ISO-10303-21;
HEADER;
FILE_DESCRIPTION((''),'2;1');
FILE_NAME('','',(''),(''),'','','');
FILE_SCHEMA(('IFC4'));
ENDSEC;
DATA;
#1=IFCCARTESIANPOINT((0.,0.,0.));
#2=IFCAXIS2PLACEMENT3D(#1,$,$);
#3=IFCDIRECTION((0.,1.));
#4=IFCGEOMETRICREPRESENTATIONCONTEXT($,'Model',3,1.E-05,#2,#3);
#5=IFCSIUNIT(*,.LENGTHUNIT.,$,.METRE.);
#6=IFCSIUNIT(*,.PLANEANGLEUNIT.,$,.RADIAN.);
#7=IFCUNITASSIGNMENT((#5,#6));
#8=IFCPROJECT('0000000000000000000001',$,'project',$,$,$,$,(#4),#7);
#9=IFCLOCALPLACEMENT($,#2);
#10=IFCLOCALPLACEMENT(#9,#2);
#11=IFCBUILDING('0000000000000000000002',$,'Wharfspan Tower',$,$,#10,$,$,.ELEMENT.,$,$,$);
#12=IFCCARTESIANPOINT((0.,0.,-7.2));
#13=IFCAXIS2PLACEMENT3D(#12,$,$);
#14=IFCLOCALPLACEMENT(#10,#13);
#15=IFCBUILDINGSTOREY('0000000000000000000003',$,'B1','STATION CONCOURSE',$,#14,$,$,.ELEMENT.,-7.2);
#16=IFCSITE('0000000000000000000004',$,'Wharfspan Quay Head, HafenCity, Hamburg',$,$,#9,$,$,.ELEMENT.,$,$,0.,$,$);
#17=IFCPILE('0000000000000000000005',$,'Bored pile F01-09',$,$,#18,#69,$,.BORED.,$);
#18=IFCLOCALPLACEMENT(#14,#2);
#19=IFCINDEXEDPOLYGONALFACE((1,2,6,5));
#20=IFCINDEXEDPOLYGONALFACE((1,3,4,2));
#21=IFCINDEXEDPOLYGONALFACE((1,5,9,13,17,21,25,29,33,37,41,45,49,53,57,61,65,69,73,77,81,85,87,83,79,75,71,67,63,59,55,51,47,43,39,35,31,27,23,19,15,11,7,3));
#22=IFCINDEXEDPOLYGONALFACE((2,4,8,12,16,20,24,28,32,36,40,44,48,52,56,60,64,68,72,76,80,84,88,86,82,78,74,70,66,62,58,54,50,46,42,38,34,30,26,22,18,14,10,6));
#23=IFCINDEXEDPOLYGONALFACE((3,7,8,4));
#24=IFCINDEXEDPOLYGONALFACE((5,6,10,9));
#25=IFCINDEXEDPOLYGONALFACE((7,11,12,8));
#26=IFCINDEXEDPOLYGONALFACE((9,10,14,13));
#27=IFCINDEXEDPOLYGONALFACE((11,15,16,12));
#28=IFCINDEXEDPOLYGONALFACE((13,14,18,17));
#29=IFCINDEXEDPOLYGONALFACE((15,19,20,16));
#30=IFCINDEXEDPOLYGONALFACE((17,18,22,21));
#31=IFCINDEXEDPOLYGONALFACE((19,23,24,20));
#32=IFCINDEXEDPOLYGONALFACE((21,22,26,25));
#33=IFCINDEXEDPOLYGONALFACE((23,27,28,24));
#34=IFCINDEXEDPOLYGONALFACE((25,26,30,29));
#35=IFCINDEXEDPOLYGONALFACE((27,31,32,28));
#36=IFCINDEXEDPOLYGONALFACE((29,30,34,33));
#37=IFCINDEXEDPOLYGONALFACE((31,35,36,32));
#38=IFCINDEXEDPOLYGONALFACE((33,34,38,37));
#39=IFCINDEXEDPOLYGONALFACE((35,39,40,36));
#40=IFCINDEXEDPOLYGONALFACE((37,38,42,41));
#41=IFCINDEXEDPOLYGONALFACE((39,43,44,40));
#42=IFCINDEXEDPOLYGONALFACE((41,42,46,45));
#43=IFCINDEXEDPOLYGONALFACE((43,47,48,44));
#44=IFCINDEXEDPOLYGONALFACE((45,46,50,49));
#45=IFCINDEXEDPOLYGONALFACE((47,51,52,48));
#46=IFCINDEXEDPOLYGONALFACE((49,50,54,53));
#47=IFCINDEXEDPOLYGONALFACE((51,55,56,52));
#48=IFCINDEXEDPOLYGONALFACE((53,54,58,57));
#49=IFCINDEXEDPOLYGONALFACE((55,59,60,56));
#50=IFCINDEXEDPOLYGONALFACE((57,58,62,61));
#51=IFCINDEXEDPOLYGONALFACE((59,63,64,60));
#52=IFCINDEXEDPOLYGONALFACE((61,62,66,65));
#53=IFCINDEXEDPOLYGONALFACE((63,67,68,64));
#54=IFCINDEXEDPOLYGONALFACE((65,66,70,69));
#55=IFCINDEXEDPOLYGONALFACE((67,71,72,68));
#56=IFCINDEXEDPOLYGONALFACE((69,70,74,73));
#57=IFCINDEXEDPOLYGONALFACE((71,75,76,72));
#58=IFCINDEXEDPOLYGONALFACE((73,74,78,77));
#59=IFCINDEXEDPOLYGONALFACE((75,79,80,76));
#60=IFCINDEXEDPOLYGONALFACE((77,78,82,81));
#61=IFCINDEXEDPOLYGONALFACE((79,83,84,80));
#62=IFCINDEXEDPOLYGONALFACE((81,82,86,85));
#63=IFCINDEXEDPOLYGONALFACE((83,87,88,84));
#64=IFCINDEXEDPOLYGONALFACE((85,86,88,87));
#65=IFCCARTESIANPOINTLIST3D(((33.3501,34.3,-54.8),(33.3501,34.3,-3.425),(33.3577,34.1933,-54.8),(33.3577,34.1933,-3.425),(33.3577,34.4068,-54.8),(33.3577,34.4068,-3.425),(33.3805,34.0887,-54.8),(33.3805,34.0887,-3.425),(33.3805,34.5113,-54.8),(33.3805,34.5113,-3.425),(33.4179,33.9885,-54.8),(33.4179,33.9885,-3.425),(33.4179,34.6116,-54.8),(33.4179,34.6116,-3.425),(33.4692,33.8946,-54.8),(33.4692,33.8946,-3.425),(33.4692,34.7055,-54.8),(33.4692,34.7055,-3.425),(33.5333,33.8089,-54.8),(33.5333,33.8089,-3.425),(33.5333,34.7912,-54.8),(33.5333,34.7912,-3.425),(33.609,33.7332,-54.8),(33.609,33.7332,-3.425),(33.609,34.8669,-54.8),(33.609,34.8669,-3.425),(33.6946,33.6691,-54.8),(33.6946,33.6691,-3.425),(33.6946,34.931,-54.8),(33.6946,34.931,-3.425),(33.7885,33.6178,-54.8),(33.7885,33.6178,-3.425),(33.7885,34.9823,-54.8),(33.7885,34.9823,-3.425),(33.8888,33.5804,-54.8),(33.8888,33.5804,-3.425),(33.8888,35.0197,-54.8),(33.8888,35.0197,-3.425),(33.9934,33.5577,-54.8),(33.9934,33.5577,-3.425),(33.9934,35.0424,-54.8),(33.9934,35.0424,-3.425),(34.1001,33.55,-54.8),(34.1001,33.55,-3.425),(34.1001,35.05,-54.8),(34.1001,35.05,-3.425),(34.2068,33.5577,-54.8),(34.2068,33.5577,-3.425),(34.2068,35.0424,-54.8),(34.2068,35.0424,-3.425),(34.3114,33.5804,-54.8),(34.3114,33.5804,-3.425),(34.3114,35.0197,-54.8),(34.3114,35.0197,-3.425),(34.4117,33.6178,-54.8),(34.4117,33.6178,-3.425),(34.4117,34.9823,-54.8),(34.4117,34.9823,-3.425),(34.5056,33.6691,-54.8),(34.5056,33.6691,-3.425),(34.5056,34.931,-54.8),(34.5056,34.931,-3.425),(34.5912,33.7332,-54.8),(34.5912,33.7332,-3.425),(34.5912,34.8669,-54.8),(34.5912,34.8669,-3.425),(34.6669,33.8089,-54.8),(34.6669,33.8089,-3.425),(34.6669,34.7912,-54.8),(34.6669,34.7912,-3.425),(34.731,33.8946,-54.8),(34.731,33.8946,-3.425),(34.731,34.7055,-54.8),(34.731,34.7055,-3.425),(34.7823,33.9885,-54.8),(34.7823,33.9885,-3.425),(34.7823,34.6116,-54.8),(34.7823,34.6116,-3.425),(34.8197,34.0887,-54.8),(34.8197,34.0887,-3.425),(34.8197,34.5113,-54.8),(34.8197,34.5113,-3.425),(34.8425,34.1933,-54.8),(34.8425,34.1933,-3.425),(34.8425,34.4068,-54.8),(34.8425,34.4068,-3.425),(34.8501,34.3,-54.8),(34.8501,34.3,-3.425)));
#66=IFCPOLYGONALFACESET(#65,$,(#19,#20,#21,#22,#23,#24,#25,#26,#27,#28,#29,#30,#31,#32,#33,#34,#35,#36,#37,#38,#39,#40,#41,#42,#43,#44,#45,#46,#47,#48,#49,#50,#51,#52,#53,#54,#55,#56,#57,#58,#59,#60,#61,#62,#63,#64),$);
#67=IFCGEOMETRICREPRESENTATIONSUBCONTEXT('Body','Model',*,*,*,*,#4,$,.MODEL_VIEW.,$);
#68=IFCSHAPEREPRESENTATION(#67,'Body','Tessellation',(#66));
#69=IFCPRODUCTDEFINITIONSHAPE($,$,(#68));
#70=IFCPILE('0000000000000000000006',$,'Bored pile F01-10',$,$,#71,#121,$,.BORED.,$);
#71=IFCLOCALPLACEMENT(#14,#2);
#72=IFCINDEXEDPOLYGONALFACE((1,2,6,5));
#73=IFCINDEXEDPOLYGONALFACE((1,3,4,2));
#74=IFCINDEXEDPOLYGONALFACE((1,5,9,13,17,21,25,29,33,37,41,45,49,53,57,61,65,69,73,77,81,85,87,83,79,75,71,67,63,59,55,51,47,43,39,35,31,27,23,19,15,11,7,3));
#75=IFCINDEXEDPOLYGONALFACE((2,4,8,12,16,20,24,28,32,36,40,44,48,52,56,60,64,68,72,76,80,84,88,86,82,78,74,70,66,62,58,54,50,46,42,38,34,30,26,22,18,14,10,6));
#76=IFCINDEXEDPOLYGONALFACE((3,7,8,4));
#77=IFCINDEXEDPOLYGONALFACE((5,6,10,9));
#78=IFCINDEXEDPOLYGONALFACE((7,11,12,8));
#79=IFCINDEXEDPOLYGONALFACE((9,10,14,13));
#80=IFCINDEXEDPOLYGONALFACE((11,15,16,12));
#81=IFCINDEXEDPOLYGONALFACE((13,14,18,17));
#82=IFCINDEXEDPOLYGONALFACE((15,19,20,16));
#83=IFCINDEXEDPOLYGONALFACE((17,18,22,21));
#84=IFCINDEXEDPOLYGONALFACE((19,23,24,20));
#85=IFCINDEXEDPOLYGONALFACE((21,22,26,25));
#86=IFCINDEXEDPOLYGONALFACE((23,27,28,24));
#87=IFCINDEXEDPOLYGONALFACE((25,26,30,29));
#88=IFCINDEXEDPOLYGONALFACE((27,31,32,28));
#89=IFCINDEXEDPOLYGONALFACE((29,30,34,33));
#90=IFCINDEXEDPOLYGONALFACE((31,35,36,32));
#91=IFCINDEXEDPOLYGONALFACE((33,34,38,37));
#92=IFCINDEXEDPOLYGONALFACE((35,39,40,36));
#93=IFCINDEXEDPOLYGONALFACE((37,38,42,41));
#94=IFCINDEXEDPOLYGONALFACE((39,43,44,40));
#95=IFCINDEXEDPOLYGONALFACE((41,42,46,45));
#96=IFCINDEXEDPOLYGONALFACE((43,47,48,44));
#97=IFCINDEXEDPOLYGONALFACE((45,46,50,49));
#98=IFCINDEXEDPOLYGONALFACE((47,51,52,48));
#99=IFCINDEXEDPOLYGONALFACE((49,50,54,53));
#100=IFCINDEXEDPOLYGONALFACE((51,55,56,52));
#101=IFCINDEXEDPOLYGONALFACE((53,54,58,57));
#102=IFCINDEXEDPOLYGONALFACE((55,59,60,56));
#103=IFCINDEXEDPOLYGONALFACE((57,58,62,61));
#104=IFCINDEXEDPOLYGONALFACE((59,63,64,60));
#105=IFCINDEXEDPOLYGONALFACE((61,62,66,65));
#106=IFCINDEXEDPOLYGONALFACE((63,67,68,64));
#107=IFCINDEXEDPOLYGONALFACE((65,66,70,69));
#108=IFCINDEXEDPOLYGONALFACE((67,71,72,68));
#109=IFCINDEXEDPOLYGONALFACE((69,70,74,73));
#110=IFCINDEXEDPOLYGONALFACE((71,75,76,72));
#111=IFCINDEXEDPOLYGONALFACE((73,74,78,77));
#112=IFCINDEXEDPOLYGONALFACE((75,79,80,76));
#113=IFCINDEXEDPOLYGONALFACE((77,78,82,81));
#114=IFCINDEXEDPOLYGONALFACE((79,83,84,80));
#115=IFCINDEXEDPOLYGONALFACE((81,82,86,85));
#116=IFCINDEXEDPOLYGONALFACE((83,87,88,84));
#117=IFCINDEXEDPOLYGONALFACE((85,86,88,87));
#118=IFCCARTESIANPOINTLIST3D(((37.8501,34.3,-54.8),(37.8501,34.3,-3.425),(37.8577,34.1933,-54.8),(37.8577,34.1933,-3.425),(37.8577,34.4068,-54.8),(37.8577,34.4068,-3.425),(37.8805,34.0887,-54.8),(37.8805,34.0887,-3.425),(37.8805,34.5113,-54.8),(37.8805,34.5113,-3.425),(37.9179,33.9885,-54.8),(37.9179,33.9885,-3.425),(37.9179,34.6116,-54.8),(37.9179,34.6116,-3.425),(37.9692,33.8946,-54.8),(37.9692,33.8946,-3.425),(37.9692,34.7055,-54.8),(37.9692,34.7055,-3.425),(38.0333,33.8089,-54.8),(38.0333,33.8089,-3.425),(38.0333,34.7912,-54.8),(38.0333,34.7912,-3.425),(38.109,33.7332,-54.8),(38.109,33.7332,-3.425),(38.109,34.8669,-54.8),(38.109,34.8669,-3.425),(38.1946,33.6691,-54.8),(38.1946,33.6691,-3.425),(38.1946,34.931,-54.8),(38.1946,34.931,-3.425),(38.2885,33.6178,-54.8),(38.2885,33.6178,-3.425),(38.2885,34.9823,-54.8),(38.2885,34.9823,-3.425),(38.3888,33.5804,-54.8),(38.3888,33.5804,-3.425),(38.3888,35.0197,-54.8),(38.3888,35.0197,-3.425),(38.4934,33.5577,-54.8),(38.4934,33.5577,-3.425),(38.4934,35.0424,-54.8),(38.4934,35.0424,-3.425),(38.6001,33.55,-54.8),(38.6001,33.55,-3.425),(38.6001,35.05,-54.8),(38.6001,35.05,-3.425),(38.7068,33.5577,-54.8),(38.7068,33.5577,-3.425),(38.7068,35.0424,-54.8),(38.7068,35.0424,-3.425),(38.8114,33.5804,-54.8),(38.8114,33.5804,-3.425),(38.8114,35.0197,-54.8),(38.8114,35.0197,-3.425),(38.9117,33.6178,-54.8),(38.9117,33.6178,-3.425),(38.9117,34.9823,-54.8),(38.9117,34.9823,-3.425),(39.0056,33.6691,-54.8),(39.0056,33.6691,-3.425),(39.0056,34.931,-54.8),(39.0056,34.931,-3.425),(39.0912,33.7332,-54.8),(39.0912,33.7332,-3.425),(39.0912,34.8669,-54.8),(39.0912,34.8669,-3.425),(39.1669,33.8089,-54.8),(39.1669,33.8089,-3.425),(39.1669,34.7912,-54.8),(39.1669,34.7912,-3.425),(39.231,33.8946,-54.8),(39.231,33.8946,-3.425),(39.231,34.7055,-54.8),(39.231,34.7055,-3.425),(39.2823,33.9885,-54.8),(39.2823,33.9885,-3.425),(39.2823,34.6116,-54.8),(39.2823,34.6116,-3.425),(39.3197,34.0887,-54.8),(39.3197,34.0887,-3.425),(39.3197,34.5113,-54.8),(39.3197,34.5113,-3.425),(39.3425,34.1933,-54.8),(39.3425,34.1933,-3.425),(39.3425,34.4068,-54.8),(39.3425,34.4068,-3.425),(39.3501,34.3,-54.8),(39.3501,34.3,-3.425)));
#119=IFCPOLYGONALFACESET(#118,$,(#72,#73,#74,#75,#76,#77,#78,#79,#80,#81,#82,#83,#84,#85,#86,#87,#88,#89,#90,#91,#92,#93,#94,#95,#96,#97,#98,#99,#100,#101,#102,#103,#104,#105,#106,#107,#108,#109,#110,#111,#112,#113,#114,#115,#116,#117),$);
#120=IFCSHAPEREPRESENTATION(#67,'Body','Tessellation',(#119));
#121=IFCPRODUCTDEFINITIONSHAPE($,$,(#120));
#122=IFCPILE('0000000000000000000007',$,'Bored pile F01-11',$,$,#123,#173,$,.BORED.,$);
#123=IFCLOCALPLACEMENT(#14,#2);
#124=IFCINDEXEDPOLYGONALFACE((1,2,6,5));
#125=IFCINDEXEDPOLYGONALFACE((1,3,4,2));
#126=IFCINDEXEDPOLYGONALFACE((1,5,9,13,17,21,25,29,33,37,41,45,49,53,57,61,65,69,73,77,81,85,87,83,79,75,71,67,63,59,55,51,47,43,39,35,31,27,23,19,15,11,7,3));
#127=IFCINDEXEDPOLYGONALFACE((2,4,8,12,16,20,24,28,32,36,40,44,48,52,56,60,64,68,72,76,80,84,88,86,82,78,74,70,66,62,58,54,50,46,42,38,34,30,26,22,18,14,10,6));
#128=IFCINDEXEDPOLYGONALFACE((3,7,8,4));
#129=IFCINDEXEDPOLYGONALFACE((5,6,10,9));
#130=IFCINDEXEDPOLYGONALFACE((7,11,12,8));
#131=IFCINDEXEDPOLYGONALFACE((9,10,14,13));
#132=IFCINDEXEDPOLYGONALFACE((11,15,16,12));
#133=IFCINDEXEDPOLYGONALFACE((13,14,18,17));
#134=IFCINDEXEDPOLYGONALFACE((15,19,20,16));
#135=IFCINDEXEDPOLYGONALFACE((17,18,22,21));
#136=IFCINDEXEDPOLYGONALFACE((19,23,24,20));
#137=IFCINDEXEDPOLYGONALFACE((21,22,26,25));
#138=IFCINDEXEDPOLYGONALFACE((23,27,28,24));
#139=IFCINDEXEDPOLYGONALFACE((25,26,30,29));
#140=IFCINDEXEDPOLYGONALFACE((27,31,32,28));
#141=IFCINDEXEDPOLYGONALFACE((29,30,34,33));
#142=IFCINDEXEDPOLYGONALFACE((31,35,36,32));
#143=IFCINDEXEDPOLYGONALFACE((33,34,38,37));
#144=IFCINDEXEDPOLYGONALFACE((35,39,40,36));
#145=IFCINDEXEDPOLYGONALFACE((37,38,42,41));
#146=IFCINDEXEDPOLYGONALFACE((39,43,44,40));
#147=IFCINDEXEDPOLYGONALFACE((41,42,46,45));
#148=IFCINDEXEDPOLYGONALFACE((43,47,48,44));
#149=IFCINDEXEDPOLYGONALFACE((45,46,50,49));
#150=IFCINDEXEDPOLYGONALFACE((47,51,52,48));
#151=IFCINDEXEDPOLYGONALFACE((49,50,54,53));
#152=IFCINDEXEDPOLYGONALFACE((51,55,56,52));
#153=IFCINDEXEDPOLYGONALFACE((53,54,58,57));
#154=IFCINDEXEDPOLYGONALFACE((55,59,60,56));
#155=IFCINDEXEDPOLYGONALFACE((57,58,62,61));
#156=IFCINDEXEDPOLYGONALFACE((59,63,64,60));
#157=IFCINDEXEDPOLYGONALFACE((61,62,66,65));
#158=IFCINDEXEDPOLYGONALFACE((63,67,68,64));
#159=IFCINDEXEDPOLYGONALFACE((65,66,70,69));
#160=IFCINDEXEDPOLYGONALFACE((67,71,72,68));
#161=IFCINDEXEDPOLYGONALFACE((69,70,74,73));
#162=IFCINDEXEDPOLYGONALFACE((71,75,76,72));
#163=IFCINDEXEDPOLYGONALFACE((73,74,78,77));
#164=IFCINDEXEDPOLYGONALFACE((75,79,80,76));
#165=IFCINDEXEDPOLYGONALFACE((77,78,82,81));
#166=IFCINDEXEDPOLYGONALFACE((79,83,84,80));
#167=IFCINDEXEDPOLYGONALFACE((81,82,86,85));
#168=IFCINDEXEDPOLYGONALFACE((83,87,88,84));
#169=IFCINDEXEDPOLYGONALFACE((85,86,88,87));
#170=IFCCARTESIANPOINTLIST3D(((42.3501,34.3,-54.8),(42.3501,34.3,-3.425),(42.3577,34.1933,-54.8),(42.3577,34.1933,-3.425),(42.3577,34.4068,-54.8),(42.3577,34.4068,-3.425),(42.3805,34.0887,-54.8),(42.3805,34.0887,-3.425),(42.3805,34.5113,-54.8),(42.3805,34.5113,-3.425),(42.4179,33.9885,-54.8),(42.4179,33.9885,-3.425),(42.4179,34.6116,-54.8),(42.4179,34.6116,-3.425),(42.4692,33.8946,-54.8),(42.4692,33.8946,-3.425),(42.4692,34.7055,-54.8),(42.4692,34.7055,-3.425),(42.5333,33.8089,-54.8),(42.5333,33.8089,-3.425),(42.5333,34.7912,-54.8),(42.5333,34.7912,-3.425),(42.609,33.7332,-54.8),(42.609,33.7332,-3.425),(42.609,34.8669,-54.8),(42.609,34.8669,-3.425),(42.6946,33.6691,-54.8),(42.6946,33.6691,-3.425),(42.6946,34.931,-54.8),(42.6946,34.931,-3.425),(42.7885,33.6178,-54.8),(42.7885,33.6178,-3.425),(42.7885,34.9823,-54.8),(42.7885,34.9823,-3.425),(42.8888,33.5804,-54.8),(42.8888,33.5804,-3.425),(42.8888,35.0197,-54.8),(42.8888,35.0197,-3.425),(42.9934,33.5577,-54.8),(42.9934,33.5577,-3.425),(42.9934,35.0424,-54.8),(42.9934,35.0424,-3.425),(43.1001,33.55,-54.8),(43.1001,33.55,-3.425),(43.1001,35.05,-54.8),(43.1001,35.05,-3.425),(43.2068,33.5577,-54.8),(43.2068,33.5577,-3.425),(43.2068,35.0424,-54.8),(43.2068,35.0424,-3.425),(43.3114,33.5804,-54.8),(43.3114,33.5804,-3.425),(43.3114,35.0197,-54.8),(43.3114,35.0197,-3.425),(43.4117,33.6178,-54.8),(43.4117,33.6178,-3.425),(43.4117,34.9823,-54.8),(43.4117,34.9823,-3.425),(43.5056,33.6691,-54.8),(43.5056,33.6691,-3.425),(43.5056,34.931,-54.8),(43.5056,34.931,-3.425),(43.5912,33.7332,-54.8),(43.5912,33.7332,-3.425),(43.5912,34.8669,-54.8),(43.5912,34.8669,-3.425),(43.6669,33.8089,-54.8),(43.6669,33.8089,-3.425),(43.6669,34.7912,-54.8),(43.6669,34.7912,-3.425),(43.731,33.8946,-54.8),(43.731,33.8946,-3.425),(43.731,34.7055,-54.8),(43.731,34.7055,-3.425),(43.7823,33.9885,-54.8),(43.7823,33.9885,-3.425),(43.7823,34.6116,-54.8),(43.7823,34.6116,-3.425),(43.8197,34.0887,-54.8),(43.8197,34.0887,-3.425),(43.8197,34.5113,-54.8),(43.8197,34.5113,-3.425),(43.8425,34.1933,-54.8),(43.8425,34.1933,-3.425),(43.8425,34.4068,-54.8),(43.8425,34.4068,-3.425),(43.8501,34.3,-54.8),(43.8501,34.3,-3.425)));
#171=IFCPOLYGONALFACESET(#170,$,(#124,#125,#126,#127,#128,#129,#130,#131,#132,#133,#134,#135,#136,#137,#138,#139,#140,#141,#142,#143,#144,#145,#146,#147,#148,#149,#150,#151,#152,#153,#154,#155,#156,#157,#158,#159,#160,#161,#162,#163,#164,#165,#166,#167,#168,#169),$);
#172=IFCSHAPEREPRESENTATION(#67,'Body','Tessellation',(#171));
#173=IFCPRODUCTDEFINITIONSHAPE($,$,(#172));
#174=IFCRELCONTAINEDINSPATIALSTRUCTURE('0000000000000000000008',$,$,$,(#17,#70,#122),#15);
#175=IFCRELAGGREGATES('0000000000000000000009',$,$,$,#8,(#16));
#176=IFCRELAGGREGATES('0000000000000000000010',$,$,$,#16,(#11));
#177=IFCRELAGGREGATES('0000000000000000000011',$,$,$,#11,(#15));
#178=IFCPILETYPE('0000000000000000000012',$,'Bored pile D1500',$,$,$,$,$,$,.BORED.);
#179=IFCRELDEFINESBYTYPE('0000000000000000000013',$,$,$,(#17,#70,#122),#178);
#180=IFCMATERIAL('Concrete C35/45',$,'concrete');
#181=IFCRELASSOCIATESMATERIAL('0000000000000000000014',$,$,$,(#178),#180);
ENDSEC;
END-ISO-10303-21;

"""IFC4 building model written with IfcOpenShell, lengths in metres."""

from ifc_helpers import new_model, si_unit, direction, frame, origin, origin_2d, place, context, subcontext, project, spatial, circle, extrude, material, material_profile, profile_set, type_object, element, save


model = new_model("IFC4")

# Units and contexts
model_context = context("Model", 3, precision=1e-05, world=origin(), true_north=direction((0.0, 1.0)))
body_context = subcontext(model_context, "Body", "Model", "MODEL_VIEW")
ifc_project = project(units=[si_unit("LENGTHUNIT", "METRE"), si_unit("PLANEANGLEUNIT", "RADIAN")], contexts=[model_context])

# Site, building, storey
site_placement = place(None, origin())
site = spatial("IfcSite", under=ifc_project, at=site_placement, Name="Wharfspan Quay Head, HafenCity, Hamburg", CompositionType="ELEMENT", RefElevation=0.0)
building_placement = place(site_placement, origin())
building = spatial("IfcBuilding", under=site, at=building_placement, Name="Wharfspan Tower", CompositionType="ELEMENT")
storey_placement = place(building_placement, frame((0.0, 0.0, -7.2)))
storey = spatial("IfcBuildingStorey", under=building, at=storey_placement, Name="B1", Description="STATION CONCOURSE", CompositionType="ELEMENT", Elevation=-7.2)

# Piles
ifc_material_1 = material(Name="Concrete C35/45", Category="concrete")
ifc_material_profile_1 = material_profile(ifc_material_1, circle(Radius=0.75, at=origin_2d()))
ifc_profile_set_1 = profile_set([ifc_material_profile_1], Name="Concrete C35/45")
pile_type = type_object("IfcPileType", Name="Bored pile D1500", PredefinedType="BORED", material=ifc_profile_set_1)
for number, where, z_axis, x_axis, name in (
    (1, (34.1001, 34.3, -3.425), (0.0, 0.0, -1.0), (1.0, 0.0, 0.0), "Bored pile F01-09"),
    (2, (38.6001, 34.3, -3.425), (0.0, 0.0, -1.0), (1.0, 0.0, 0.0), "Bored pile F01-10"),
    (3, (43.1001, 34.3, -3.425), (0.0, 0.0, -1.0), (1.0, 0.0, 0.0), "Bored pile F01-11"),
):
    element("IfcPile", number, at=place(storey_placement, frame(where, z_axis=z_axis, x_axis=x_axis)), inside=storey, type_object=pile_type, Name=name, PredefinedType="BORED", context=body_context, shape_type="SweptSolid", body=[
        extrude(circle(Radius=0.75, at=origin_2d()), origin(), (0.0, 0.0, 1.0), 51.375),
    ])

save(model, "model.ifc")
